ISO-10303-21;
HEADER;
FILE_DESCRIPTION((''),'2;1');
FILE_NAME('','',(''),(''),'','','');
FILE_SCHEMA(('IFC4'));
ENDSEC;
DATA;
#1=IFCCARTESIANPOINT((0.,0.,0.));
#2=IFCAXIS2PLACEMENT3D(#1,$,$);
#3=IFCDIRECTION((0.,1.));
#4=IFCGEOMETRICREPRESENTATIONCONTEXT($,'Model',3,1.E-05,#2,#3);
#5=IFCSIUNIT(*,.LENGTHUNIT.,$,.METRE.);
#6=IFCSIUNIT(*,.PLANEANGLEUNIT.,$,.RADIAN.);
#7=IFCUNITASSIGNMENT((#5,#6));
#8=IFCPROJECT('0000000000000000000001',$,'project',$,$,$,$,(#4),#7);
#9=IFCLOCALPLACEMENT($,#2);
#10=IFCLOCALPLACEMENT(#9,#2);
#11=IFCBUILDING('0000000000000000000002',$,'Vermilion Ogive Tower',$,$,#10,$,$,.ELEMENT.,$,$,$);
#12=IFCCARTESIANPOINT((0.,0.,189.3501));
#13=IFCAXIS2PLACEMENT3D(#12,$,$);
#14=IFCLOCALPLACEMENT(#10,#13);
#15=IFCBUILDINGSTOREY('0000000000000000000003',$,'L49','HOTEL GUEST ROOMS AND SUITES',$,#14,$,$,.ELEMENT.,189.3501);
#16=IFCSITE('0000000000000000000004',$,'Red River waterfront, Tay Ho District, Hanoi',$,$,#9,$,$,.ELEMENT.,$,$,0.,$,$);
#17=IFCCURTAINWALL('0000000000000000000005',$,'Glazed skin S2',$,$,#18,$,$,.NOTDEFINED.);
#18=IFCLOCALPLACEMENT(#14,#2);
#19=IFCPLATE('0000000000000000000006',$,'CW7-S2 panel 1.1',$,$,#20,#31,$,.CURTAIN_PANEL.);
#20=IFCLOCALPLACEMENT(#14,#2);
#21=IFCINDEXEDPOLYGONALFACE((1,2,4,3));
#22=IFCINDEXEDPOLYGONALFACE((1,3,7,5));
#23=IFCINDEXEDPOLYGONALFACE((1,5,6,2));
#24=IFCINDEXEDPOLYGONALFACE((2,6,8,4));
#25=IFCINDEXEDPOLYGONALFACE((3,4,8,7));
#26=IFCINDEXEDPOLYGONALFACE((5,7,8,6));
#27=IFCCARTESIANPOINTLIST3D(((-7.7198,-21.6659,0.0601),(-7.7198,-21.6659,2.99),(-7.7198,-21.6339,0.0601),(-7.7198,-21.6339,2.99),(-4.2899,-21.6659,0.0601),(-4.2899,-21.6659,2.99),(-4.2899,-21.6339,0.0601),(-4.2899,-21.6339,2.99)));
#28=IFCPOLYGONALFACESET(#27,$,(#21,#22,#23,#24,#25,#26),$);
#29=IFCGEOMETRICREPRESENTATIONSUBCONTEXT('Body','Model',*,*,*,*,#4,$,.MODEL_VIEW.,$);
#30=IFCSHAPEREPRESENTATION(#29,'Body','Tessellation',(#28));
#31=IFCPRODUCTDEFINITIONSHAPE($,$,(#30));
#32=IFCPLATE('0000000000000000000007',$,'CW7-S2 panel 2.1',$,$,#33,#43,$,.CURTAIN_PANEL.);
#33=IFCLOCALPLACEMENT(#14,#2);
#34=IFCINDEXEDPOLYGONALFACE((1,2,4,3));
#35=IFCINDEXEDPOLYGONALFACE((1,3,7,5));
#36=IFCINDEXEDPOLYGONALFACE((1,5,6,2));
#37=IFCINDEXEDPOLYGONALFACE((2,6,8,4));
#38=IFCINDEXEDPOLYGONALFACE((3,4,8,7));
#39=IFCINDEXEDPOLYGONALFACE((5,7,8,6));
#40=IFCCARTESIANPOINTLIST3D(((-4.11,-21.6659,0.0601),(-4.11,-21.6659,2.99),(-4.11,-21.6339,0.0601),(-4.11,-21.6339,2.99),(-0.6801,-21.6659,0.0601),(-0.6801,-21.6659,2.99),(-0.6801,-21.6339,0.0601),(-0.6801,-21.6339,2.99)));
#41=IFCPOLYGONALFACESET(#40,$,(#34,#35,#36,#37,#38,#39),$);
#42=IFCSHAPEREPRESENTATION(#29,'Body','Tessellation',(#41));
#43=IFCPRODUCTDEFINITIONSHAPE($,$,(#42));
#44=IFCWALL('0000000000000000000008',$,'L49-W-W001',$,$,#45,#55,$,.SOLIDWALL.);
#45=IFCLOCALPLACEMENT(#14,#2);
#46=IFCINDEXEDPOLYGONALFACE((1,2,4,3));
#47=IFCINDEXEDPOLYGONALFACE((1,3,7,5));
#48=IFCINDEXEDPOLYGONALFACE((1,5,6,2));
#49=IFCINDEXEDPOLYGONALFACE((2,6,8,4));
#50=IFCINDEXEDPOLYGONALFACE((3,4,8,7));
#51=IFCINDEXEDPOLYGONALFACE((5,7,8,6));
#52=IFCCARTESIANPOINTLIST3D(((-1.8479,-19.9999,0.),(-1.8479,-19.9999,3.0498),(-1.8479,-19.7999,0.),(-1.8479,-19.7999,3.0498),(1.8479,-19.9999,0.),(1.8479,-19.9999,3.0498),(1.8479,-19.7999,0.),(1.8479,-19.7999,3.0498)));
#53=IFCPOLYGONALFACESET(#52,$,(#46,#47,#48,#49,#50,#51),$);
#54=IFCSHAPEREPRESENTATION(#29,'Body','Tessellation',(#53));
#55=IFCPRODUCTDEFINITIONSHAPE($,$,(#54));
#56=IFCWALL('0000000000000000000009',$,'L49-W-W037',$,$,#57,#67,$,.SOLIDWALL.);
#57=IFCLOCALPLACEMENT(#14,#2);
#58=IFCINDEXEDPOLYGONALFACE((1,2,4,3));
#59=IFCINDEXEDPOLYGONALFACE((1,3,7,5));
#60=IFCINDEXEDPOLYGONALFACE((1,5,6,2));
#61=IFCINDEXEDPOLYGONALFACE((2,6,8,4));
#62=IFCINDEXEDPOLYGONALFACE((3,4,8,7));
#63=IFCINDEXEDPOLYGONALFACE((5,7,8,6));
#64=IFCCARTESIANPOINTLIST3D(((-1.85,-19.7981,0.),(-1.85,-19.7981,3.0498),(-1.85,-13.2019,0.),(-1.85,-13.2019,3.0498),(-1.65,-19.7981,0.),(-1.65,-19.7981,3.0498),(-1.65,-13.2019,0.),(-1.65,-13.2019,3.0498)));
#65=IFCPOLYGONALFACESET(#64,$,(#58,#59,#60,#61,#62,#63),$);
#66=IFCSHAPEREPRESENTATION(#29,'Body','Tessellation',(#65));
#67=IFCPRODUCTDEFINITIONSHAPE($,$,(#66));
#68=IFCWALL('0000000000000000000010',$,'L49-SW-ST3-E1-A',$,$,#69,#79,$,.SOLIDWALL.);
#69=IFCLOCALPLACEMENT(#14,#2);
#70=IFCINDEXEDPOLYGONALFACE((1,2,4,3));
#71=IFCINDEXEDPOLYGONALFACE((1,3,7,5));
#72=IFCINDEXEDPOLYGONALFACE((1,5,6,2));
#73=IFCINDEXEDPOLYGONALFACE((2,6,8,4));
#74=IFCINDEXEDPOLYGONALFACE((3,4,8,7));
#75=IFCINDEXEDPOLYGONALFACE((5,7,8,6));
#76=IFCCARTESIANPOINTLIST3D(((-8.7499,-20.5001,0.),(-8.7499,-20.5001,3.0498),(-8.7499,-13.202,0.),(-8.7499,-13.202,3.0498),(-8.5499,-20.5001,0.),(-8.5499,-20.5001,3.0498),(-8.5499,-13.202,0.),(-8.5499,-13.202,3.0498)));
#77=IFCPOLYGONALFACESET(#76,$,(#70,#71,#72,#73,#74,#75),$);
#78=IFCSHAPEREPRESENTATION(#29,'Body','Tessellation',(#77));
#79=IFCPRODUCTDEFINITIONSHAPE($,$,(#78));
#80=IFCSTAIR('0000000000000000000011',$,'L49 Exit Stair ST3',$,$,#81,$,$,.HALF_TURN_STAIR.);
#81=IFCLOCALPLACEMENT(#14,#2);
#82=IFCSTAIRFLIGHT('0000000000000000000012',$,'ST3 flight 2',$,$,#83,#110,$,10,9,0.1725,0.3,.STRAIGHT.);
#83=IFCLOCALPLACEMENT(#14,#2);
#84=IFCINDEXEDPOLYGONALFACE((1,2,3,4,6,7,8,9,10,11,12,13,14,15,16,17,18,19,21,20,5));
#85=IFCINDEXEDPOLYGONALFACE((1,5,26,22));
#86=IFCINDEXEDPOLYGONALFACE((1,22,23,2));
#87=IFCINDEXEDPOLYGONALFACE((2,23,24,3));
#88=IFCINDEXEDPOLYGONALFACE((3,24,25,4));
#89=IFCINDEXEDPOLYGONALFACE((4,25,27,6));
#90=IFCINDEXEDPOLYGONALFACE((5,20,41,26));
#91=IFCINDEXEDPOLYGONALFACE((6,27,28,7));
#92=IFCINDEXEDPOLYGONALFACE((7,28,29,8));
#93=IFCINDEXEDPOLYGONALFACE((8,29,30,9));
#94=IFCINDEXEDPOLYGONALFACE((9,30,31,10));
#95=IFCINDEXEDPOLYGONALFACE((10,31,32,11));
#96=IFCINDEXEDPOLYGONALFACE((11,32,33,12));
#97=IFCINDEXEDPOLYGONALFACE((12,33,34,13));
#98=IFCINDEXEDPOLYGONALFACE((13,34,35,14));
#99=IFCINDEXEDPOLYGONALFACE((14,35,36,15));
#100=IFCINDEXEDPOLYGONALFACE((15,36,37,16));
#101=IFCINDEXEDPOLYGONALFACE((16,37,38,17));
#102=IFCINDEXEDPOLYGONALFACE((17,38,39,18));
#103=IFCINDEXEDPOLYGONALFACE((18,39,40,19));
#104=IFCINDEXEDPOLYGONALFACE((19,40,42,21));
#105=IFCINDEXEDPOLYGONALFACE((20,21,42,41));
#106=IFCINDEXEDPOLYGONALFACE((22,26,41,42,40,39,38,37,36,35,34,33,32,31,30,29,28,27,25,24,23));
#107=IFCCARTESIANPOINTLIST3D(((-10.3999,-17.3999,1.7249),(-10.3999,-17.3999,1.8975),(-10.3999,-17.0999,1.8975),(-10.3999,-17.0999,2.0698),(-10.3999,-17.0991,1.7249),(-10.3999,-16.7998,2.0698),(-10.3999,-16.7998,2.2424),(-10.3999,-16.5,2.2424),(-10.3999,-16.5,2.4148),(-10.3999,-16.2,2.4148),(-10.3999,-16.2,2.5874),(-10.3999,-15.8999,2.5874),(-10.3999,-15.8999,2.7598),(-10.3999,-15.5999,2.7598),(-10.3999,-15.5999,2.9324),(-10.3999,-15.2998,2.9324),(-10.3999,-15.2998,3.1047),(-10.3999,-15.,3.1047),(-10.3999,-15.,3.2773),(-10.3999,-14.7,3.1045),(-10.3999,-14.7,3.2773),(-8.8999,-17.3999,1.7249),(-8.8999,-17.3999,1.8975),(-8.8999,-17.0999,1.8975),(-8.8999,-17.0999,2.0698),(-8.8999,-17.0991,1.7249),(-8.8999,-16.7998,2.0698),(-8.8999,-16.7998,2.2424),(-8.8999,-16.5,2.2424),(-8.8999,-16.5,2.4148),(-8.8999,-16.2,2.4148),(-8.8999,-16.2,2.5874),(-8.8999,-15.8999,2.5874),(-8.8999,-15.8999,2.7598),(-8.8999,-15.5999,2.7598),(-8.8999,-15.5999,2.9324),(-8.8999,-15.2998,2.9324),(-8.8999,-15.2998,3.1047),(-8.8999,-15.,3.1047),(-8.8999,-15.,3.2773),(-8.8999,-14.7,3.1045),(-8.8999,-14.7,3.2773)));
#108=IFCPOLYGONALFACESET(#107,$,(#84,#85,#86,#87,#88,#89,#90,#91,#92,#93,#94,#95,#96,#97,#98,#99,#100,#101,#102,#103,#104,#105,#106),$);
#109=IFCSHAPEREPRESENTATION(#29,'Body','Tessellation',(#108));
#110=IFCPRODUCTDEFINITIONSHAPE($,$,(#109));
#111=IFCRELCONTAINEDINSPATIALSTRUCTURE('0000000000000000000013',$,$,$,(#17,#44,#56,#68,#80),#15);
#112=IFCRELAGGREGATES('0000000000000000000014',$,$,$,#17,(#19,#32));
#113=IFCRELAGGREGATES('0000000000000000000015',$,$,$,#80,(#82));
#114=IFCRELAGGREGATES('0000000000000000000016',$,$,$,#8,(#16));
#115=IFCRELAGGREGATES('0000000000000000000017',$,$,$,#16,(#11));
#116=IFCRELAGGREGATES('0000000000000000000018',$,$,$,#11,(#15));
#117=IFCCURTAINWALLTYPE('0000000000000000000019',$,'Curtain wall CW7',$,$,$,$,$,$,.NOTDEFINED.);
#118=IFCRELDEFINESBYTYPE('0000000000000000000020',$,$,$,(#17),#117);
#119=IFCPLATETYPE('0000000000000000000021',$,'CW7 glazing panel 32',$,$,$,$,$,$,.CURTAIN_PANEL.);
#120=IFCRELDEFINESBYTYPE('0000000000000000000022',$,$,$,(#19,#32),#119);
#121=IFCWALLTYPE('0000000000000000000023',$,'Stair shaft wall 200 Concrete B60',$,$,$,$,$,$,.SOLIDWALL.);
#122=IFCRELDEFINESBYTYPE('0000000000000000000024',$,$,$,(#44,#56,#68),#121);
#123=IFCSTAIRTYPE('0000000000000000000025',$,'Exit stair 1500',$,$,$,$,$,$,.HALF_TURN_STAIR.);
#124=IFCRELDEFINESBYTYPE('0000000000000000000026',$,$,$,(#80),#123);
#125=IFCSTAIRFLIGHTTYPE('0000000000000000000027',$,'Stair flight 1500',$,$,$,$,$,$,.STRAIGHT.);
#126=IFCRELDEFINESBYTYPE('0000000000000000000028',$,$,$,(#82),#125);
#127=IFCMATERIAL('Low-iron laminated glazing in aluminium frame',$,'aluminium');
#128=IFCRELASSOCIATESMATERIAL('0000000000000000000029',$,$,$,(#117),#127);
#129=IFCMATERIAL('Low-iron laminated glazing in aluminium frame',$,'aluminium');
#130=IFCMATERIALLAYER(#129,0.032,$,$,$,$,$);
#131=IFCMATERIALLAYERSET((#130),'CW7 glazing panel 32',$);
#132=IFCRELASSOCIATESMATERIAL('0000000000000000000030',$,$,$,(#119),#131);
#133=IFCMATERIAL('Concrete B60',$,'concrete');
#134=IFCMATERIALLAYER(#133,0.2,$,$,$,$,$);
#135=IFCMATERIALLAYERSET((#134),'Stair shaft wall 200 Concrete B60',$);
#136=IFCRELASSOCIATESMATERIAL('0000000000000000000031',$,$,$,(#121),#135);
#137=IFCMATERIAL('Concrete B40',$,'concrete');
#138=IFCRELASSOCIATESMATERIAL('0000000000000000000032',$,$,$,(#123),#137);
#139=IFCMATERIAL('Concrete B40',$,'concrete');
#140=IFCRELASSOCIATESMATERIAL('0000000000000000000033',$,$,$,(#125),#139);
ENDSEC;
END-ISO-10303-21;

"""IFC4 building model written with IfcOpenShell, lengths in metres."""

from ifc_helpers import new_model, si_unit, direction, frame, frame_2d, origin, origin_2d, place, context, subcontext, project, spatial, polyline, rectangle, outline, extrude, material, layer, layer_set, type_object, element, aggregate, save


model = new_model("IFC4")

# Units and contexts
model_context = context("Model", 3, precision=1e-05, world=origin(), true_north=direction((0.0, 1.0)))
body_context = subcontext(model_context, "Body", "Model", "MODEL_VIEW")
ifc_project = project(units=[si_unit("LENGTHUNIT", "METRE"), si_unit("PLANEANGLEUNIT", "RADIAN")], contexts=[model_context])

# Site, building, storey
site_placement = place(None, origin())
site = spatial("IfcSite", under=ifc_project, at=site_placement, Name="Red River waterfront, Tay Ho District, Hanoi", CompositionType="ELEMENT", RefElevation=0.0)
building_placement = place(site_placement, origin())
building = spatial("IfcBuilding", under=site, at=building_placement, Name="Vermilion Ogive Tower", CompositionType="ELEMENT")
storey_placement = place(building_placement, frame((0.0, 0.0, 189.3501)))
storey = spatial("IfcBuildingStorey", under=building, at=storey_placement, Name="L49", Description="HOTEL GUEST ROOMS AND SUITES", CompositionType="ELEMENT", Elevation=189.3501)

# Shared definitions
ifc_material_1 = material(Name="Low-iron laminated glazing in aluminium frame", Category="aluminium")
curtain_wall_type = type_object("IfcCurtainWallType", Name="Curtain wall CW7", PredefinedType="NOTDEFINED", material=ifc_material_1)

# Curtain wall
curtain_wall_1_placement = place(storey_placement, origin())
curtain_wall_1 = element("IfcCurtainWall", 1, at=curtain_wall_1_placement, inside=storey, type_object=curtain_wall_type, Name="Glazed skin S2", PredefinedType="NOTDEFINED")

# Plates
ifc_material_2 = material(Name="Low-iron laminated glazing in aluminium frame", Category="aluminium")
ifc_layer_1 = layer(ifc_material_2, 0.032)
ifc_layer_set_1 = layer_set([ifc_layer_1], Name="CW7 glazing panel 32")
plate_type = type_object("IfcPlateType", Name="CW7 glazing panel 32", PredefinedType="CURTAIN_PANEL", material=ifc_layer_set_1)
plate_1_placement = place(storey_placement, frame((-6.0049, -21.6499, 0.0601), z_axis=(0.0, 0.0, 1.0), x_axis=(1.0, 0.0, 0.0)))
plate_1 = element("IfcPlate", 2, at=plate_1_placement, type_object=plate_type, Name="CW7-S2 panel 1.1", PredefinedType="CURTAIN_PANEL", context=body_context, shape_type="SweptSolid", body=[
    extrude(rectangle(XDim=3.4299, YDim=0.032, at=origin_2d()), origin(), (0.0, 0.0, 1.0), 2.9299),
])
plate_2_placement = place(storey_placement, frame((-2.395, -21.6499, 0.0601), z_axis=(0.0, 0.0, 1.0), x_axis=(1.0, 0.0, 0.0)))
plate_2 = element("IfcPlate", 3, at=plate_2_placement, type_object=plate_type, Name="CW7-S2 panel 2.1", PredefinedType="CURTAIN_PANEL", context=body_context, shape_type="SweptSolid", body=[
    extrude(rectangle(XDim=3.4299, YDim=0.032, at=origin_2d()), origin(), (0.0, 0.0, 1.0), 2.9299),
])
aggregate(curtain_wall_1, [plate_1, plate_2])

# Walls
ifc_material_3 = material(Name="Concrete B60", Category="concrete")
ifc_layer_2 = layer(ifc_material_3, 0.2)
ifc_layer_set_2 = layer_set([ifc_layer_2], Name="Stair shaft wall 200 Concrete B60")
wall_type = type_object("IfcWallType", Name="Stair shaft wall 200 Concrete B60", PredefinedType="SOLIDWALL", material=ifc_layer_set_2)
wall_1_placement = place(storey_placement, frame((-1.8479, -19.8999, 0.0), z_axis=(0.0, 0.0, 1.0), x_axis=(1.0, 0.0, 0.0)))
element("IfcWall", 4, at=wall_1_placement, inside=storey, type_object=wall_type, Name="L49-W-W001", PredefinedType="SOLIDWALL", context=body_context, shape_type="SweptSolid", body=[
    extrude(rectangle(XDim=3.6958, YDim=0.2, at=frame_2d((1.8479, 0.0))), origin(), (0.0, 0.0, 1.0), 3.0498),
])
wall_2_placement = place(storey_placement, frame((-1.75, -19.7981, 0.0), z_axis=(0.0, 0.0, 1.0), x_axis=(0.0, 1.0, 0.0)))
element("IfcWall", 5, at=wall_2_placement, inside=storey, type_object=wall_type, Name="L49-W-W037", PredefinedType="SOLIDWALL", context=body_context, shape_type="SweptSolid", body=[
    extrude(rectangle(XDim=6.5962, YDim=0.2, at=frame_2d((3.2981, 0.0))), origin(), (0.0, 0.0, 1.0), 3.0498),
])
wall_3_placement = place(storey_placement, frame((-8.6499, -20.5, 0.0), z_axis=(0.0, 0.0, 1.0), x_axis=(0.0, 1.0, 0.0)))
element("IfcWall", 6, at=wall_3_placement, inside=storey, type_object=wall_type, Name="L49-SW-ST3-E1-A", PredefinedType="SOLIDWALL", context=body_context, shape_type="SweptSolid", body=[
    extrude(rectangle(XDim=7.2981, YDim=0.2, at=frame_2d((3.6489, 0.0))), origin(), (0.0, 0.0, 1.0), 3.0498),
])

# Stair, stair flight
ifc_material_4 = material(Name="Concrete B40", Category="concrete")
stair_type = type_object("IfcStairType", Name="Exit stair 1500", PredefinedType="HALF_TURN_STAIR", material=ifc_material_4)
stair_placement = place(storey_placement, origin())
stair = element("IfcStair", 7, at=stair_placement, inside=storey, type_object=stair_type, Name="L49 Exit Stair ST3", PredefinedType="HALF_TURN_STAIR")
ifc_material_5 = material(Name="Concrete B40", Category="concrete")
stair_flight_type = type_object("IfcStairFlightType", Name="Stair flight 1500", PredefinedType="STRAIGHT", material=ifc_material_5)
stair_flight_placement = place(storey_placement, frame((-9.6499, -17.3999, 1.7249), z_axis=(0.0, 0.0, 1.0), x_axis=(0.0, 1.0, 0.0)))
stair_flight = element("IfcStairFlight", 8, at=stair_flight_placement, type_object=stair_flight_type, Name="ST3 flight 2", NumberOfRisers=10, NumberOfTreads=9, PredefinedType="STRAIGHT", RiserHeight=0.1725, TreadLength=0.3, context=body_context, shape_type="SweptSolid", body=[
    extrude(outline(polyline([(0.0, 0.0), (0.0, 0.1726), (0.3, 0.1726), (0.3, 0.345), (0.6001, 0.345), (0.6001, 0.5176), (0.8999, 0.5176), (0.8999, 0.6899), (1.2, 0.6899), (1.2, 0.8625), (1.5, 0.8625), (1.5, 1.0349), (1.8, 1.0349), (1.8, 1.2075), (2.1001, 1.2075), (2.1001, 1.3799), (2.3999, 1.3799), (2.3999, 1.5525), (2.7, 1.5525), (2.7, 1.7251), (2.7, 1.3796), (0.3008, 0.0), (0.0, 0.0)])), frame((0.0, 0.75, 0.0), z_axis=(0.0, -1.0, 0.0), x_axis=(1.0, 0.0, 0.0)), (0.0, 0.0, 1.0), 1.5),
])
aggregate(stair, [stair_flight])

save(model, "model.ifc")
